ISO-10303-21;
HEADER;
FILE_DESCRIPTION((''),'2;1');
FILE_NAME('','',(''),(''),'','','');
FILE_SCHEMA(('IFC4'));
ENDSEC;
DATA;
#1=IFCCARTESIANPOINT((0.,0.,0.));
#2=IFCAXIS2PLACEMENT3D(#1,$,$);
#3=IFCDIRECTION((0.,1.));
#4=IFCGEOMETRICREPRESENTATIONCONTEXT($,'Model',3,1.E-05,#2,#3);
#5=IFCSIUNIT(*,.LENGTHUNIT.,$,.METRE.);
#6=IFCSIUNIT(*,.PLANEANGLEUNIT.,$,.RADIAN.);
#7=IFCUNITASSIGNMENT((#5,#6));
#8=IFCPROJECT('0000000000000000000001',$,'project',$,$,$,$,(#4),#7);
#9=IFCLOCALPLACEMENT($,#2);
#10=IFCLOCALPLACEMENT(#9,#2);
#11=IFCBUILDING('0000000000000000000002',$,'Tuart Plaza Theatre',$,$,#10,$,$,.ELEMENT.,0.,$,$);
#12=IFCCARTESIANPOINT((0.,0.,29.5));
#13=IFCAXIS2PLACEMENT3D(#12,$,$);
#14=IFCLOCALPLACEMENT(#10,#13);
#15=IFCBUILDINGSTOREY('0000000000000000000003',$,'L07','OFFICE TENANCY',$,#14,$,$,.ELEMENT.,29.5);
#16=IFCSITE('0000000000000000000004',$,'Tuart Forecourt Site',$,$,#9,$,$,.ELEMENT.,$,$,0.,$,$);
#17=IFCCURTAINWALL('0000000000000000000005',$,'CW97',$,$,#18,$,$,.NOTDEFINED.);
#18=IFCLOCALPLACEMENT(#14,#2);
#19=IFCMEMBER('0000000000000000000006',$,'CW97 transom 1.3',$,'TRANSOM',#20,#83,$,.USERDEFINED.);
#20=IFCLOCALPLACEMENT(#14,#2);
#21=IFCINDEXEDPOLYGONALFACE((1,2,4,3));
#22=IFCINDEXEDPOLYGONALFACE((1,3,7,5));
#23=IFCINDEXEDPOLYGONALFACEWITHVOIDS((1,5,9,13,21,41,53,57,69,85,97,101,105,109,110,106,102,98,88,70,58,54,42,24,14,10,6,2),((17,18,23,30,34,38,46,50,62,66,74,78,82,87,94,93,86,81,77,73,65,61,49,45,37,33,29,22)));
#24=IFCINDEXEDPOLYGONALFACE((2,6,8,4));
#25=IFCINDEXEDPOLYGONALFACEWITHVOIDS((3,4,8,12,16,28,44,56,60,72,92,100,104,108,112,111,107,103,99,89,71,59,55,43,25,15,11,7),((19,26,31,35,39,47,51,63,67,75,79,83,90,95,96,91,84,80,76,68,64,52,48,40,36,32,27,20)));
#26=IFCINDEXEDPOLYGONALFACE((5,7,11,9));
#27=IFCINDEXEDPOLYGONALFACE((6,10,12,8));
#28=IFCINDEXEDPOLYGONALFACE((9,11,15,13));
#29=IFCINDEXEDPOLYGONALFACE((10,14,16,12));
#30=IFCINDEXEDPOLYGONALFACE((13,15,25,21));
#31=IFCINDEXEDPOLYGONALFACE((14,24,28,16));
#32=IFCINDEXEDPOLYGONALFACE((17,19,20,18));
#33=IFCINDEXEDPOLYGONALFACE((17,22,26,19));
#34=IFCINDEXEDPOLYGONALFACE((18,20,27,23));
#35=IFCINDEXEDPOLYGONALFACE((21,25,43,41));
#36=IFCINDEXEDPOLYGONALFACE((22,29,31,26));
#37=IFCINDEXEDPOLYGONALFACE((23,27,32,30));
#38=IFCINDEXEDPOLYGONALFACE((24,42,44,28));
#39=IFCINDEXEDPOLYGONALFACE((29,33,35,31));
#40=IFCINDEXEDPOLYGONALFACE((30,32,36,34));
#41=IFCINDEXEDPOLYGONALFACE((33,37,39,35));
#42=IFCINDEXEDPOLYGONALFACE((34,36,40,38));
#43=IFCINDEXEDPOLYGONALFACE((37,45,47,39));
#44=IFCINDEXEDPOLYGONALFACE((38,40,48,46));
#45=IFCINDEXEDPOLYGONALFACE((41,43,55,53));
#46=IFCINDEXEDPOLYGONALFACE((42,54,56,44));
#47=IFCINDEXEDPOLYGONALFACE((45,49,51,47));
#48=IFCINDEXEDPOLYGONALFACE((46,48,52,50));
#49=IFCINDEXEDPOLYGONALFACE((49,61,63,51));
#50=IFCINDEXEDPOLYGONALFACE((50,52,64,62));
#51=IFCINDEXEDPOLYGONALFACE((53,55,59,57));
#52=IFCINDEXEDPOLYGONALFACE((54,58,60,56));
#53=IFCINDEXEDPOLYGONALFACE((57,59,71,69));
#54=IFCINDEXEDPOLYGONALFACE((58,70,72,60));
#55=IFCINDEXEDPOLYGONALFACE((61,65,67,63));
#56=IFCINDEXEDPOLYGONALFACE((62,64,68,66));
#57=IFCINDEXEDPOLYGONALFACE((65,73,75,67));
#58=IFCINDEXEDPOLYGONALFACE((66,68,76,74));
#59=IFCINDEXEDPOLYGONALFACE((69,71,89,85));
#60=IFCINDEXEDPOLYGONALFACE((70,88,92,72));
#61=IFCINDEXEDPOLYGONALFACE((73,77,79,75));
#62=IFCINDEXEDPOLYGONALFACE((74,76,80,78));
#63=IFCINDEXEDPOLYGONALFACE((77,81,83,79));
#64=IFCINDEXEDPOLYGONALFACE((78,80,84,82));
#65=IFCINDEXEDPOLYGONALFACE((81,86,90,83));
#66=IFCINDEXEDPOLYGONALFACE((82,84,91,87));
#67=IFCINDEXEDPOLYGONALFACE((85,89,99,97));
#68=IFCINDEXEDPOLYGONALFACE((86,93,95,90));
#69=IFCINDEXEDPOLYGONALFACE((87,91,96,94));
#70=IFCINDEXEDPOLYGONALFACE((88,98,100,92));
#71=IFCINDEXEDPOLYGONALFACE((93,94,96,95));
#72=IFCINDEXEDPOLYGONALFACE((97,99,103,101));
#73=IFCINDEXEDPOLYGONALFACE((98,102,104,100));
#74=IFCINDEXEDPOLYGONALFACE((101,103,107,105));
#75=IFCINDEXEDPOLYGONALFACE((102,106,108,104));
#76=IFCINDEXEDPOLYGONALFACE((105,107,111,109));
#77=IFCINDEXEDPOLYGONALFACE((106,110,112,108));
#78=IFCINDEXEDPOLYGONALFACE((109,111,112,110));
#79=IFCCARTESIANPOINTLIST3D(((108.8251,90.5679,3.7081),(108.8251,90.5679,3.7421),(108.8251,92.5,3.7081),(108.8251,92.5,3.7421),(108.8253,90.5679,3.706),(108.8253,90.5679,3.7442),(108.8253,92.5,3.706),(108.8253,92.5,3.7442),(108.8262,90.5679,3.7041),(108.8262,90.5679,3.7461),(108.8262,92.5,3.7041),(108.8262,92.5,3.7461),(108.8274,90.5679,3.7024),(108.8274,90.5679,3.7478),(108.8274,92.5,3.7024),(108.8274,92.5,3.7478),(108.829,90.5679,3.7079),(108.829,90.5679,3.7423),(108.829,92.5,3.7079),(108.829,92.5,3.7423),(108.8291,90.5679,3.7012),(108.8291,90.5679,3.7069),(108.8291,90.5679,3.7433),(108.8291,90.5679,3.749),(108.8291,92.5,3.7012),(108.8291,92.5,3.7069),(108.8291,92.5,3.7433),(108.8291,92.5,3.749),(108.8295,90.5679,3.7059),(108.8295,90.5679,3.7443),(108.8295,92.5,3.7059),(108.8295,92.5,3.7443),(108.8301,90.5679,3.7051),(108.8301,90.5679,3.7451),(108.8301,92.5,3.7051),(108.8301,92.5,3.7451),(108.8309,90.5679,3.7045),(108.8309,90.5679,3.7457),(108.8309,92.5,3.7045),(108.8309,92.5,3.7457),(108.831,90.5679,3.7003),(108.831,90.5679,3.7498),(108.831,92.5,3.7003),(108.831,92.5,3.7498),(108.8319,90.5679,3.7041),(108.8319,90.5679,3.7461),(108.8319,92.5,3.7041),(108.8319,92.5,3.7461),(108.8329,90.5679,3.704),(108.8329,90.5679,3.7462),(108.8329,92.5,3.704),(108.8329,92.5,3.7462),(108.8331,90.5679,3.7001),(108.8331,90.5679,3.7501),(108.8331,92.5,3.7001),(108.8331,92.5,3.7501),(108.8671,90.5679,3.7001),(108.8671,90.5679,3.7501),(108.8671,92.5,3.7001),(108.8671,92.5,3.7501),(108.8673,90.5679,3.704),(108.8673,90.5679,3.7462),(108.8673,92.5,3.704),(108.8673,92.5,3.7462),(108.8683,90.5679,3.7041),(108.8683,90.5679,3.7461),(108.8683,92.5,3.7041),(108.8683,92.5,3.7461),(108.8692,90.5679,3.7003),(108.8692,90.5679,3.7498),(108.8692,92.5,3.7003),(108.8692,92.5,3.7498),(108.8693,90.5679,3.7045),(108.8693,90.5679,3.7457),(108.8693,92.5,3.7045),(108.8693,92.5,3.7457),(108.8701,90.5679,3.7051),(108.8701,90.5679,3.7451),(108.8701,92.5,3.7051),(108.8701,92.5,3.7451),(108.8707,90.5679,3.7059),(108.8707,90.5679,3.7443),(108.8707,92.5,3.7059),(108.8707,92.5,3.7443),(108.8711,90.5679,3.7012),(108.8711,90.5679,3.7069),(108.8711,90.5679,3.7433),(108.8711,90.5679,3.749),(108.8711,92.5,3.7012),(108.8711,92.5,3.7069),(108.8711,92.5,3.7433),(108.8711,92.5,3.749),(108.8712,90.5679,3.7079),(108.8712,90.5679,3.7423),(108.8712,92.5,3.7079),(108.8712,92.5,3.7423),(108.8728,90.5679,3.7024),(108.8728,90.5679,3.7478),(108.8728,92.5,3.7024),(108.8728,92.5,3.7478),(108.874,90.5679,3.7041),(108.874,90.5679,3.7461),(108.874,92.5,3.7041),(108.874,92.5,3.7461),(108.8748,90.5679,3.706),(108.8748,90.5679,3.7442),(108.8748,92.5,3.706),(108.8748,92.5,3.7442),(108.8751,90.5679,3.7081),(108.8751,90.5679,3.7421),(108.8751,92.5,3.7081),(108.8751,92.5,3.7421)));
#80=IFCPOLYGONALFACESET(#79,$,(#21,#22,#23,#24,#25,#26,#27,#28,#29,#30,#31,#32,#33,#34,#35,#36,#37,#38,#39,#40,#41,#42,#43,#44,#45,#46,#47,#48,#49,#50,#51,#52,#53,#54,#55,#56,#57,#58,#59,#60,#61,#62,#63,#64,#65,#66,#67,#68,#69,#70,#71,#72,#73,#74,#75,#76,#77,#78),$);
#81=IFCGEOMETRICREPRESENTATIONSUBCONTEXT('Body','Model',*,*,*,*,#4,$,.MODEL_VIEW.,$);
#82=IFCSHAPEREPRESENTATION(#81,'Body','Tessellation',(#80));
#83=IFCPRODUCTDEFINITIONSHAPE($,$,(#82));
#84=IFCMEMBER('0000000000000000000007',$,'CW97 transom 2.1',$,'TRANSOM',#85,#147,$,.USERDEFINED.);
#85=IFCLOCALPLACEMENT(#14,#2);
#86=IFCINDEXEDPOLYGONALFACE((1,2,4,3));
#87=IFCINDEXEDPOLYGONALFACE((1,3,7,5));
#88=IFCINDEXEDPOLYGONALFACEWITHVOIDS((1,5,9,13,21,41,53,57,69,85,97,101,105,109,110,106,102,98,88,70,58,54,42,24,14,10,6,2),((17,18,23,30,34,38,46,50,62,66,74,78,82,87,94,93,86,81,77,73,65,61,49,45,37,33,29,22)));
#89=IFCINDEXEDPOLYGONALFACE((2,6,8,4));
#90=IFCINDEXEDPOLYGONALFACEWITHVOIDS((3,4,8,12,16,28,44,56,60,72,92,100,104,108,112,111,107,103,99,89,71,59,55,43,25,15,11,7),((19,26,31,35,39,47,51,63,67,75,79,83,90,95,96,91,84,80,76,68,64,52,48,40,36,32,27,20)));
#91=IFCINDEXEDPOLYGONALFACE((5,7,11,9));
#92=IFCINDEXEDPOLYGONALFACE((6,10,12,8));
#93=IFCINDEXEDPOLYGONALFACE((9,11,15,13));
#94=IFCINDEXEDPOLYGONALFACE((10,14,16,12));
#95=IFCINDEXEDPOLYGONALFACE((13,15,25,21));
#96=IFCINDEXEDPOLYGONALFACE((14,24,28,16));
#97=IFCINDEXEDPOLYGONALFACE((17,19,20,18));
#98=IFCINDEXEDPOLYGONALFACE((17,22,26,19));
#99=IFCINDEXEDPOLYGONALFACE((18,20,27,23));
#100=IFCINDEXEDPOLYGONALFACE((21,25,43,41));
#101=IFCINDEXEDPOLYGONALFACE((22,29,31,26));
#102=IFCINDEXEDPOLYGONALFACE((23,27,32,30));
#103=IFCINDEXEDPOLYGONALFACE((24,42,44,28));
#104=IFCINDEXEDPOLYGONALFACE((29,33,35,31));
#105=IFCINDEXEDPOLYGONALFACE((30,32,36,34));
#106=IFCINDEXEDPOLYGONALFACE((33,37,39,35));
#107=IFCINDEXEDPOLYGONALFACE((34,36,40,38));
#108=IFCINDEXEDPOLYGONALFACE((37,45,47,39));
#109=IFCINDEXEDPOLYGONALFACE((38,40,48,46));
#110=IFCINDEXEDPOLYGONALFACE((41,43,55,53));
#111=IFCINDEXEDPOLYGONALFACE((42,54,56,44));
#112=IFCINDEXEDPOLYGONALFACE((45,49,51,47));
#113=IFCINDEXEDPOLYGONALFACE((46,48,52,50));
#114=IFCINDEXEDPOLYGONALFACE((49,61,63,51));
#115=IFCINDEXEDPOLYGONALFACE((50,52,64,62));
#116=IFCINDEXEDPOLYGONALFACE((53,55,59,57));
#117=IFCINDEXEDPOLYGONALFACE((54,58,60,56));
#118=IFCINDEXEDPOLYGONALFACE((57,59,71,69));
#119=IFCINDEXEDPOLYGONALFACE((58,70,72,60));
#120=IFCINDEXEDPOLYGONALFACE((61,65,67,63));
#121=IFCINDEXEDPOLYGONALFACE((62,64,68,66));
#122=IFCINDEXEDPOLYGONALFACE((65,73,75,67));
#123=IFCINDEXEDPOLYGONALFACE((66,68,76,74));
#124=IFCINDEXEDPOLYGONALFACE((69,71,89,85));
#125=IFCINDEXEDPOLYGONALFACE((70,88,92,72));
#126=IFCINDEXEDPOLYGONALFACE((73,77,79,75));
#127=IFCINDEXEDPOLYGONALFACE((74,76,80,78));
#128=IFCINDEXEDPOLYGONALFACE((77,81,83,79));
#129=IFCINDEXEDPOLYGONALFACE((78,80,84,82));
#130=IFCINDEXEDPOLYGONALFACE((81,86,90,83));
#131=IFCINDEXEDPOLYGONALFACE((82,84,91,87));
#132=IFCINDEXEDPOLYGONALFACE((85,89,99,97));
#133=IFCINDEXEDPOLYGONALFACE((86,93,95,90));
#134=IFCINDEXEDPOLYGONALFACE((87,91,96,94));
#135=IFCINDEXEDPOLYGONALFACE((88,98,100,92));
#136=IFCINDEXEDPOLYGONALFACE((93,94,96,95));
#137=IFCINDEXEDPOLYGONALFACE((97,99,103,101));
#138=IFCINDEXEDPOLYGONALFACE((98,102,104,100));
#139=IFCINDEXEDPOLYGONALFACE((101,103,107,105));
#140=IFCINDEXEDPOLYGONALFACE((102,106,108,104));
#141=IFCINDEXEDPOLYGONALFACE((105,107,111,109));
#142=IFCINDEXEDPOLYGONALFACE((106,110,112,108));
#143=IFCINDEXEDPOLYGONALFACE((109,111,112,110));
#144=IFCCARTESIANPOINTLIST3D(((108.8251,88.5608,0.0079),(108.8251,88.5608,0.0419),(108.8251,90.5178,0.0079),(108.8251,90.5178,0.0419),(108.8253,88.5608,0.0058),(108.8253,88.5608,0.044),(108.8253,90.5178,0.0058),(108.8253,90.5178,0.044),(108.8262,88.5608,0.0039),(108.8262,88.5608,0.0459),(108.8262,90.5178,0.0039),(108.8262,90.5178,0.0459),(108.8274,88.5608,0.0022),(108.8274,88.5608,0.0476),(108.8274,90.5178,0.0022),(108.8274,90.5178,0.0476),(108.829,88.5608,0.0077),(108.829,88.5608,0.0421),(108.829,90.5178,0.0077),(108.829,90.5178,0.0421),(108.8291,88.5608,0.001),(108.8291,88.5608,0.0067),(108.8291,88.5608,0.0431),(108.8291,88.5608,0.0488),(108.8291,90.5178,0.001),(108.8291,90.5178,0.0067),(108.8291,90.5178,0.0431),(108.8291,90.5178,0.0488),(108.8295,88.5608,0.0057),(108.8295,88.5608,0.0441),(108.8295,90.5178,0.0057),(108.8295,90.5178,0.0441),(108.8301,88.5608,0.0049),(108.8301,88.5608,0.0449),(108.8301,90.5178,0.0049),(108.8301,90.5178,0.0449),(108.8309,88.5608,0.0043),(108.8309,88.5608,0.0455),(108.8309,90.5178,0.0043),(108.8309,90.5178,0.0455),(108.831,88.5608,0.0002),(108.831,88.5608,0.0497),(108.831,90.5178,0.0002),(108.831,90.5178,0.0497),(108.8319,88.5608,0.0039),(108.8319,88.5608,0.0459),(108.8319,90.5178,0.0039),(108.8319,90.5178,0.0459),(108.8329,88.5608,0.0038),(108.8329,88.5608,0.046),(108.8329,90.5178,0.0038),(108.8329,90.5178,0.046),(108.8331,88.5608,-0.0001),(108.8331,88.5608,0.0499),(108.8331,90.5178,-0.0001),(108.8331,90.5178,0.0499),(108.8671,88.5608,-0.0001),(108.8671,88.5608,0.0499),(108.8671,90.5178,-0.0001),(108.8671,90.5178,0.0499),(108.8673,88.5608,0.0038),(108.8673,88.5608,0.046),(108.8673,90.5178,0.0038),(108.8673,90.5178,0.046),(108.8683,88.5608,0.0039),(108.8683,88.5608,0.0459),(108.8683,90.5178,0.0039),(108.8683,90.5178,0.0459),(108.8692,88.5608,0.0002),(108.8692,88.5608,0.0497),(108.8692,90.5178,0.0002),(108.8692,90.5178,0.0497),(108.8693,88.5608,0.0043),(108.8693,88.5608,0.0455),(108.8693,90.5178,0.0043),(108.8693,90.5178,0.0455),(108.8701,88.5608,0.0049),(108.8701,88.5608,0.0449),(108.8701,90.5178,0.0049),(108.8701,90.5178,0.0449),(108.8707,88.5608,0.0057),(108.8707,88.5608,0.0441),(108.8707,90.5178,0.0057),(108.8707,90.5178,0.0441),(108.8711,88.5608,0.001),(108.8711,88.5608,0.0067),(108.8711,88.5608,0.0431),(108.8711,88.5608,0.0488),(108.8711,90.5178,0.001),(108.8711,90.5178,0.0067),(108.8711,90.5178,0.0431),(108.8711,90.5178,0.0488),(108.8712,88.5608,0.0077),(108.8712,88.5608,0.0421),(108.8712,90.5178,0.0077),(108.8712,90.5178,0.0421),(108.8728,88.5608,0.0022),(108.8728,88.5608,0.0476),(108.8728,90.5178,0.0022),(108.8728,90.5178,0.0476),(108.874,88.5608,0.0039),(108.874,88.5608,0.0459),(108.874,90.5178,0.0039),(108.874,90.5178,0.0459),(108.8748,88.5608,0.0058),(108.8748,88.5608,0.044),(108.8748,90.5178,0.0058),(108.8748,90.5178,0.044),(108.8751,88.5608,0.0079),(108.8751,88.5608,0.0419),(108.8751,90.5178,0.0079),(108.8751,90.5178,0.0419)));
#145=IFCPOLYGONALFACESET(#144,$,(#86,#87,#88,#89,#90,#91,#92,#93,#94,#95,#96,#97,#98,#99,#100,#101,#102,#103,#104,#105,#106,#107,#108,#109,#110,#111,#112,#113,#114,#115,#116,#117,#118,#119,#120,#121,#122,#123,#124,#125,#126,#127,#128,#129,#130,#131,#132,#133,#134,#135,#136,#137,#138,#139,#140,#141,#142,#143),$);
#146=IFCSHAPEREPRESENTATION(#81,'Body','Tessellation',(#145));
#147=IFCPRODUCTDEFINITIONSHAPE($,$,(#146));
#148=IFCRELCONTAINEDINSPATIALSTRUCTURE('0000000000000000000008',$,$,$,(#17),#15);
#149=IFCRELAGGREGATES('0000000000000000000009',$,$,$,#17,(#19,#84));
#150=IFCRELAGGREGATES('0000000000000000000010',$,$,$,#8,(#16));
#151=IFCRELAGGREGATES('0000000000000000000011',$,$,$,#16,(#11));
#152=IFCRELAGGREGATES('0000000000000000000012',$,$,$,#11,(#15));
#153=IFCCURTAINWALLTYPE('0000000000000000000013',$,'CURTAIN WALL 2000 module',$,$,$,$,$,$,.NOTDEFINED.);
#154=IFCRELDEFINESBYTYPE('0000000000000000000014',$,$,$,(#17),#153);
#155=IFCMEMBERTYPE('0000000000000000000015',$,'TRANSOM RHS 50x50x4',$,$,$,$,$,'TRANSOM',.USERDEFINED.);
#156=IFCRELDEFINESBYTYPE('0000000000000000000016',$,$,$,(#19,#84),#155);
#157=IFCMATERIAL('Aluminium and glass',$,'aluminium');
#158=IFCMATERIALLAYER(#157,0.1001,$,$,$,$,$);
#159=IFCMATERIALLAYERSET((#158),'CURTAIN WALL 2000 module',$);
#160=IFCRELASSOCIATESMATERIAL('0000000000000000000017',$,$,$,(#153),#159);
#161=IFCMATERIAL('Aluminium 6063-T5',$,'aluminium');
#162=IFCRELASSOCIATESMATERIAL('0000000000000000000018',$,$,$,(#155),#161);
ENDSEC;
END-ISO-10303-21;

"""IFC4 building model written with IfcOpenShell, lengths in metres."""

from ifc_helpers import new_model, si_unit, direction, frame, origin, origin_2d, place, context, subcontext, project, spatial, hollow_rectangle, extrude, material, layer, layer_set, material_profile, profile_set, type_object, element, aggregate, save


model = new_model("IFC4")

# Units and contexts
model_context = context("Model", 3, precision=1e-05, world=origin(), true_north=direction((0.0, 1.0)))
body_context = subcontext(model_context, "Body", "Model", "MODEL_VIEW")
ifc_project = project(units=[si_unit("LENGTHUNIT", "METRE"), si_unit("PLANEANGLEUNIT", "RADIAN")], contexts=[model_context])

# Site, building, storey
site_placement = place(None, origin())
site = spatial("IfcSite", under=ifc_project, at=site_placement, Name="Tuart Forecourt Site", CompositionType="ELEMENT", RefElevation=0.0)
building_placement = place(site_placement, origin())
building = spatial("IfcBuilding", under=site, at=building_placement, Name="Tuart Plaza Theatre", CompositionType="ELEMENT", ElevationOfRefHeight=0.0)
storey_placement = place(building_placement, frame((0.0, 0.0, 29.5)))
storey = spatial("IfcBuildingStorey", under=building, at=storey_placement, Name="L07", Description="OFFICE TENANCY", CompositionType="ELEMENT", Elevation=29.5)

# Curtain wall, members
ifc_material_1 = material(Name="Aluminium and glass", Category="aluminium")
ifc_layer_1 = layer(ifc_material_1, 0.1001)
ifc_layer_set_1 = layer_set([ifc_layer_1], Name="CURTAIN WALL 2000 module")
curtain_wall_type = type_object("IfcCurtainWallType", Name="CURTAIN WALL 2000 module", PredefinedType="NOTDEFINED", material=ifc_layer_set_1)
curtain_wall_placement = place(storey_placement, origin())
curtain_wall = element("IfcCurtainWall", 1, at=curtain_wall_placement, inside=storey, type_object=curtain_wall_type, Name="CW97", PredefinedType="NOTDEFINED")
ifc_material_2 = material(Name="Aluminium 6063-T5", Category="aluminium")
ifc_material_profile_1 = material_profile(ifc_material_2, hollow_rectangle(XDim=0.05, YDim=0.05, WallThickness=0.0039, InnerFilletRadius=0.0039, OuterFilletRadius=0.0081, at=origin_2d()), Name="RHS 50x50x4")
ifc_profile_set_1 = profile_set([ifc_material_profile_1], Name="Aluminium 6063-T5")
member_type_1 = type_object("IfcMemberType", Name="TRANSOM RHS 50x50x4", ElementType="TRANSOM", PredefinedType="USERDEFINED", material=ifc_profile_set_1)
member_1_placement = place(storey_placement, frame((108.8501, 92.5, 3.7251), z_axis=(0.0, -1.0, 0.0), x_axis=(1.0, 0.0, 0.0)))
member_1 = element("IfcMember", 2, at=member_1_placement, type_object=member_type_1, Name="CW97 transom 1.3", ObjectType="TRANSOM", PredefinedType="USERDEFINED", context=body_context, shape_type="SweptSolid", body=[
    extrude(hollow_rectangle(XDim=0.05, YDim=0.05, WallThickness=0.0039, InnerFilletRadius=0.0039, OuterFilletRadius=0.0081, at=origin_2d()), origin(), (0.0, 0.0, 1.0), 1.9321),
])
member_2_placement = place(storey_placement, frame((108.8501, 90.5178, 0.0249), z_axis=(0.0, -1.0, 0.0), x_axis=(1.0, 0.0, 0.0)))
member_2 = element("IfcMember", 3, at=member_2_placement, type_object=member_type_1, Name="CW97 transom 2.1", ObjectType="TRANSOM", PredefinedType="USERDEFINED", context=body_context, shape_type="SweptSolid", body=[
    extrude(hollow_rectangle(XDim=0.05, YDim=0.05, WallThickness=0.0039, InnerFilletRadius=0.0039, OuterFilletRadius=0.0081, at=origin_2d()), origin(), (0.0, 0.0, 1.0), 1.957),
])
aggregate(curtain_wall, [member_1, member_2])

save(model, "model.ifc")
